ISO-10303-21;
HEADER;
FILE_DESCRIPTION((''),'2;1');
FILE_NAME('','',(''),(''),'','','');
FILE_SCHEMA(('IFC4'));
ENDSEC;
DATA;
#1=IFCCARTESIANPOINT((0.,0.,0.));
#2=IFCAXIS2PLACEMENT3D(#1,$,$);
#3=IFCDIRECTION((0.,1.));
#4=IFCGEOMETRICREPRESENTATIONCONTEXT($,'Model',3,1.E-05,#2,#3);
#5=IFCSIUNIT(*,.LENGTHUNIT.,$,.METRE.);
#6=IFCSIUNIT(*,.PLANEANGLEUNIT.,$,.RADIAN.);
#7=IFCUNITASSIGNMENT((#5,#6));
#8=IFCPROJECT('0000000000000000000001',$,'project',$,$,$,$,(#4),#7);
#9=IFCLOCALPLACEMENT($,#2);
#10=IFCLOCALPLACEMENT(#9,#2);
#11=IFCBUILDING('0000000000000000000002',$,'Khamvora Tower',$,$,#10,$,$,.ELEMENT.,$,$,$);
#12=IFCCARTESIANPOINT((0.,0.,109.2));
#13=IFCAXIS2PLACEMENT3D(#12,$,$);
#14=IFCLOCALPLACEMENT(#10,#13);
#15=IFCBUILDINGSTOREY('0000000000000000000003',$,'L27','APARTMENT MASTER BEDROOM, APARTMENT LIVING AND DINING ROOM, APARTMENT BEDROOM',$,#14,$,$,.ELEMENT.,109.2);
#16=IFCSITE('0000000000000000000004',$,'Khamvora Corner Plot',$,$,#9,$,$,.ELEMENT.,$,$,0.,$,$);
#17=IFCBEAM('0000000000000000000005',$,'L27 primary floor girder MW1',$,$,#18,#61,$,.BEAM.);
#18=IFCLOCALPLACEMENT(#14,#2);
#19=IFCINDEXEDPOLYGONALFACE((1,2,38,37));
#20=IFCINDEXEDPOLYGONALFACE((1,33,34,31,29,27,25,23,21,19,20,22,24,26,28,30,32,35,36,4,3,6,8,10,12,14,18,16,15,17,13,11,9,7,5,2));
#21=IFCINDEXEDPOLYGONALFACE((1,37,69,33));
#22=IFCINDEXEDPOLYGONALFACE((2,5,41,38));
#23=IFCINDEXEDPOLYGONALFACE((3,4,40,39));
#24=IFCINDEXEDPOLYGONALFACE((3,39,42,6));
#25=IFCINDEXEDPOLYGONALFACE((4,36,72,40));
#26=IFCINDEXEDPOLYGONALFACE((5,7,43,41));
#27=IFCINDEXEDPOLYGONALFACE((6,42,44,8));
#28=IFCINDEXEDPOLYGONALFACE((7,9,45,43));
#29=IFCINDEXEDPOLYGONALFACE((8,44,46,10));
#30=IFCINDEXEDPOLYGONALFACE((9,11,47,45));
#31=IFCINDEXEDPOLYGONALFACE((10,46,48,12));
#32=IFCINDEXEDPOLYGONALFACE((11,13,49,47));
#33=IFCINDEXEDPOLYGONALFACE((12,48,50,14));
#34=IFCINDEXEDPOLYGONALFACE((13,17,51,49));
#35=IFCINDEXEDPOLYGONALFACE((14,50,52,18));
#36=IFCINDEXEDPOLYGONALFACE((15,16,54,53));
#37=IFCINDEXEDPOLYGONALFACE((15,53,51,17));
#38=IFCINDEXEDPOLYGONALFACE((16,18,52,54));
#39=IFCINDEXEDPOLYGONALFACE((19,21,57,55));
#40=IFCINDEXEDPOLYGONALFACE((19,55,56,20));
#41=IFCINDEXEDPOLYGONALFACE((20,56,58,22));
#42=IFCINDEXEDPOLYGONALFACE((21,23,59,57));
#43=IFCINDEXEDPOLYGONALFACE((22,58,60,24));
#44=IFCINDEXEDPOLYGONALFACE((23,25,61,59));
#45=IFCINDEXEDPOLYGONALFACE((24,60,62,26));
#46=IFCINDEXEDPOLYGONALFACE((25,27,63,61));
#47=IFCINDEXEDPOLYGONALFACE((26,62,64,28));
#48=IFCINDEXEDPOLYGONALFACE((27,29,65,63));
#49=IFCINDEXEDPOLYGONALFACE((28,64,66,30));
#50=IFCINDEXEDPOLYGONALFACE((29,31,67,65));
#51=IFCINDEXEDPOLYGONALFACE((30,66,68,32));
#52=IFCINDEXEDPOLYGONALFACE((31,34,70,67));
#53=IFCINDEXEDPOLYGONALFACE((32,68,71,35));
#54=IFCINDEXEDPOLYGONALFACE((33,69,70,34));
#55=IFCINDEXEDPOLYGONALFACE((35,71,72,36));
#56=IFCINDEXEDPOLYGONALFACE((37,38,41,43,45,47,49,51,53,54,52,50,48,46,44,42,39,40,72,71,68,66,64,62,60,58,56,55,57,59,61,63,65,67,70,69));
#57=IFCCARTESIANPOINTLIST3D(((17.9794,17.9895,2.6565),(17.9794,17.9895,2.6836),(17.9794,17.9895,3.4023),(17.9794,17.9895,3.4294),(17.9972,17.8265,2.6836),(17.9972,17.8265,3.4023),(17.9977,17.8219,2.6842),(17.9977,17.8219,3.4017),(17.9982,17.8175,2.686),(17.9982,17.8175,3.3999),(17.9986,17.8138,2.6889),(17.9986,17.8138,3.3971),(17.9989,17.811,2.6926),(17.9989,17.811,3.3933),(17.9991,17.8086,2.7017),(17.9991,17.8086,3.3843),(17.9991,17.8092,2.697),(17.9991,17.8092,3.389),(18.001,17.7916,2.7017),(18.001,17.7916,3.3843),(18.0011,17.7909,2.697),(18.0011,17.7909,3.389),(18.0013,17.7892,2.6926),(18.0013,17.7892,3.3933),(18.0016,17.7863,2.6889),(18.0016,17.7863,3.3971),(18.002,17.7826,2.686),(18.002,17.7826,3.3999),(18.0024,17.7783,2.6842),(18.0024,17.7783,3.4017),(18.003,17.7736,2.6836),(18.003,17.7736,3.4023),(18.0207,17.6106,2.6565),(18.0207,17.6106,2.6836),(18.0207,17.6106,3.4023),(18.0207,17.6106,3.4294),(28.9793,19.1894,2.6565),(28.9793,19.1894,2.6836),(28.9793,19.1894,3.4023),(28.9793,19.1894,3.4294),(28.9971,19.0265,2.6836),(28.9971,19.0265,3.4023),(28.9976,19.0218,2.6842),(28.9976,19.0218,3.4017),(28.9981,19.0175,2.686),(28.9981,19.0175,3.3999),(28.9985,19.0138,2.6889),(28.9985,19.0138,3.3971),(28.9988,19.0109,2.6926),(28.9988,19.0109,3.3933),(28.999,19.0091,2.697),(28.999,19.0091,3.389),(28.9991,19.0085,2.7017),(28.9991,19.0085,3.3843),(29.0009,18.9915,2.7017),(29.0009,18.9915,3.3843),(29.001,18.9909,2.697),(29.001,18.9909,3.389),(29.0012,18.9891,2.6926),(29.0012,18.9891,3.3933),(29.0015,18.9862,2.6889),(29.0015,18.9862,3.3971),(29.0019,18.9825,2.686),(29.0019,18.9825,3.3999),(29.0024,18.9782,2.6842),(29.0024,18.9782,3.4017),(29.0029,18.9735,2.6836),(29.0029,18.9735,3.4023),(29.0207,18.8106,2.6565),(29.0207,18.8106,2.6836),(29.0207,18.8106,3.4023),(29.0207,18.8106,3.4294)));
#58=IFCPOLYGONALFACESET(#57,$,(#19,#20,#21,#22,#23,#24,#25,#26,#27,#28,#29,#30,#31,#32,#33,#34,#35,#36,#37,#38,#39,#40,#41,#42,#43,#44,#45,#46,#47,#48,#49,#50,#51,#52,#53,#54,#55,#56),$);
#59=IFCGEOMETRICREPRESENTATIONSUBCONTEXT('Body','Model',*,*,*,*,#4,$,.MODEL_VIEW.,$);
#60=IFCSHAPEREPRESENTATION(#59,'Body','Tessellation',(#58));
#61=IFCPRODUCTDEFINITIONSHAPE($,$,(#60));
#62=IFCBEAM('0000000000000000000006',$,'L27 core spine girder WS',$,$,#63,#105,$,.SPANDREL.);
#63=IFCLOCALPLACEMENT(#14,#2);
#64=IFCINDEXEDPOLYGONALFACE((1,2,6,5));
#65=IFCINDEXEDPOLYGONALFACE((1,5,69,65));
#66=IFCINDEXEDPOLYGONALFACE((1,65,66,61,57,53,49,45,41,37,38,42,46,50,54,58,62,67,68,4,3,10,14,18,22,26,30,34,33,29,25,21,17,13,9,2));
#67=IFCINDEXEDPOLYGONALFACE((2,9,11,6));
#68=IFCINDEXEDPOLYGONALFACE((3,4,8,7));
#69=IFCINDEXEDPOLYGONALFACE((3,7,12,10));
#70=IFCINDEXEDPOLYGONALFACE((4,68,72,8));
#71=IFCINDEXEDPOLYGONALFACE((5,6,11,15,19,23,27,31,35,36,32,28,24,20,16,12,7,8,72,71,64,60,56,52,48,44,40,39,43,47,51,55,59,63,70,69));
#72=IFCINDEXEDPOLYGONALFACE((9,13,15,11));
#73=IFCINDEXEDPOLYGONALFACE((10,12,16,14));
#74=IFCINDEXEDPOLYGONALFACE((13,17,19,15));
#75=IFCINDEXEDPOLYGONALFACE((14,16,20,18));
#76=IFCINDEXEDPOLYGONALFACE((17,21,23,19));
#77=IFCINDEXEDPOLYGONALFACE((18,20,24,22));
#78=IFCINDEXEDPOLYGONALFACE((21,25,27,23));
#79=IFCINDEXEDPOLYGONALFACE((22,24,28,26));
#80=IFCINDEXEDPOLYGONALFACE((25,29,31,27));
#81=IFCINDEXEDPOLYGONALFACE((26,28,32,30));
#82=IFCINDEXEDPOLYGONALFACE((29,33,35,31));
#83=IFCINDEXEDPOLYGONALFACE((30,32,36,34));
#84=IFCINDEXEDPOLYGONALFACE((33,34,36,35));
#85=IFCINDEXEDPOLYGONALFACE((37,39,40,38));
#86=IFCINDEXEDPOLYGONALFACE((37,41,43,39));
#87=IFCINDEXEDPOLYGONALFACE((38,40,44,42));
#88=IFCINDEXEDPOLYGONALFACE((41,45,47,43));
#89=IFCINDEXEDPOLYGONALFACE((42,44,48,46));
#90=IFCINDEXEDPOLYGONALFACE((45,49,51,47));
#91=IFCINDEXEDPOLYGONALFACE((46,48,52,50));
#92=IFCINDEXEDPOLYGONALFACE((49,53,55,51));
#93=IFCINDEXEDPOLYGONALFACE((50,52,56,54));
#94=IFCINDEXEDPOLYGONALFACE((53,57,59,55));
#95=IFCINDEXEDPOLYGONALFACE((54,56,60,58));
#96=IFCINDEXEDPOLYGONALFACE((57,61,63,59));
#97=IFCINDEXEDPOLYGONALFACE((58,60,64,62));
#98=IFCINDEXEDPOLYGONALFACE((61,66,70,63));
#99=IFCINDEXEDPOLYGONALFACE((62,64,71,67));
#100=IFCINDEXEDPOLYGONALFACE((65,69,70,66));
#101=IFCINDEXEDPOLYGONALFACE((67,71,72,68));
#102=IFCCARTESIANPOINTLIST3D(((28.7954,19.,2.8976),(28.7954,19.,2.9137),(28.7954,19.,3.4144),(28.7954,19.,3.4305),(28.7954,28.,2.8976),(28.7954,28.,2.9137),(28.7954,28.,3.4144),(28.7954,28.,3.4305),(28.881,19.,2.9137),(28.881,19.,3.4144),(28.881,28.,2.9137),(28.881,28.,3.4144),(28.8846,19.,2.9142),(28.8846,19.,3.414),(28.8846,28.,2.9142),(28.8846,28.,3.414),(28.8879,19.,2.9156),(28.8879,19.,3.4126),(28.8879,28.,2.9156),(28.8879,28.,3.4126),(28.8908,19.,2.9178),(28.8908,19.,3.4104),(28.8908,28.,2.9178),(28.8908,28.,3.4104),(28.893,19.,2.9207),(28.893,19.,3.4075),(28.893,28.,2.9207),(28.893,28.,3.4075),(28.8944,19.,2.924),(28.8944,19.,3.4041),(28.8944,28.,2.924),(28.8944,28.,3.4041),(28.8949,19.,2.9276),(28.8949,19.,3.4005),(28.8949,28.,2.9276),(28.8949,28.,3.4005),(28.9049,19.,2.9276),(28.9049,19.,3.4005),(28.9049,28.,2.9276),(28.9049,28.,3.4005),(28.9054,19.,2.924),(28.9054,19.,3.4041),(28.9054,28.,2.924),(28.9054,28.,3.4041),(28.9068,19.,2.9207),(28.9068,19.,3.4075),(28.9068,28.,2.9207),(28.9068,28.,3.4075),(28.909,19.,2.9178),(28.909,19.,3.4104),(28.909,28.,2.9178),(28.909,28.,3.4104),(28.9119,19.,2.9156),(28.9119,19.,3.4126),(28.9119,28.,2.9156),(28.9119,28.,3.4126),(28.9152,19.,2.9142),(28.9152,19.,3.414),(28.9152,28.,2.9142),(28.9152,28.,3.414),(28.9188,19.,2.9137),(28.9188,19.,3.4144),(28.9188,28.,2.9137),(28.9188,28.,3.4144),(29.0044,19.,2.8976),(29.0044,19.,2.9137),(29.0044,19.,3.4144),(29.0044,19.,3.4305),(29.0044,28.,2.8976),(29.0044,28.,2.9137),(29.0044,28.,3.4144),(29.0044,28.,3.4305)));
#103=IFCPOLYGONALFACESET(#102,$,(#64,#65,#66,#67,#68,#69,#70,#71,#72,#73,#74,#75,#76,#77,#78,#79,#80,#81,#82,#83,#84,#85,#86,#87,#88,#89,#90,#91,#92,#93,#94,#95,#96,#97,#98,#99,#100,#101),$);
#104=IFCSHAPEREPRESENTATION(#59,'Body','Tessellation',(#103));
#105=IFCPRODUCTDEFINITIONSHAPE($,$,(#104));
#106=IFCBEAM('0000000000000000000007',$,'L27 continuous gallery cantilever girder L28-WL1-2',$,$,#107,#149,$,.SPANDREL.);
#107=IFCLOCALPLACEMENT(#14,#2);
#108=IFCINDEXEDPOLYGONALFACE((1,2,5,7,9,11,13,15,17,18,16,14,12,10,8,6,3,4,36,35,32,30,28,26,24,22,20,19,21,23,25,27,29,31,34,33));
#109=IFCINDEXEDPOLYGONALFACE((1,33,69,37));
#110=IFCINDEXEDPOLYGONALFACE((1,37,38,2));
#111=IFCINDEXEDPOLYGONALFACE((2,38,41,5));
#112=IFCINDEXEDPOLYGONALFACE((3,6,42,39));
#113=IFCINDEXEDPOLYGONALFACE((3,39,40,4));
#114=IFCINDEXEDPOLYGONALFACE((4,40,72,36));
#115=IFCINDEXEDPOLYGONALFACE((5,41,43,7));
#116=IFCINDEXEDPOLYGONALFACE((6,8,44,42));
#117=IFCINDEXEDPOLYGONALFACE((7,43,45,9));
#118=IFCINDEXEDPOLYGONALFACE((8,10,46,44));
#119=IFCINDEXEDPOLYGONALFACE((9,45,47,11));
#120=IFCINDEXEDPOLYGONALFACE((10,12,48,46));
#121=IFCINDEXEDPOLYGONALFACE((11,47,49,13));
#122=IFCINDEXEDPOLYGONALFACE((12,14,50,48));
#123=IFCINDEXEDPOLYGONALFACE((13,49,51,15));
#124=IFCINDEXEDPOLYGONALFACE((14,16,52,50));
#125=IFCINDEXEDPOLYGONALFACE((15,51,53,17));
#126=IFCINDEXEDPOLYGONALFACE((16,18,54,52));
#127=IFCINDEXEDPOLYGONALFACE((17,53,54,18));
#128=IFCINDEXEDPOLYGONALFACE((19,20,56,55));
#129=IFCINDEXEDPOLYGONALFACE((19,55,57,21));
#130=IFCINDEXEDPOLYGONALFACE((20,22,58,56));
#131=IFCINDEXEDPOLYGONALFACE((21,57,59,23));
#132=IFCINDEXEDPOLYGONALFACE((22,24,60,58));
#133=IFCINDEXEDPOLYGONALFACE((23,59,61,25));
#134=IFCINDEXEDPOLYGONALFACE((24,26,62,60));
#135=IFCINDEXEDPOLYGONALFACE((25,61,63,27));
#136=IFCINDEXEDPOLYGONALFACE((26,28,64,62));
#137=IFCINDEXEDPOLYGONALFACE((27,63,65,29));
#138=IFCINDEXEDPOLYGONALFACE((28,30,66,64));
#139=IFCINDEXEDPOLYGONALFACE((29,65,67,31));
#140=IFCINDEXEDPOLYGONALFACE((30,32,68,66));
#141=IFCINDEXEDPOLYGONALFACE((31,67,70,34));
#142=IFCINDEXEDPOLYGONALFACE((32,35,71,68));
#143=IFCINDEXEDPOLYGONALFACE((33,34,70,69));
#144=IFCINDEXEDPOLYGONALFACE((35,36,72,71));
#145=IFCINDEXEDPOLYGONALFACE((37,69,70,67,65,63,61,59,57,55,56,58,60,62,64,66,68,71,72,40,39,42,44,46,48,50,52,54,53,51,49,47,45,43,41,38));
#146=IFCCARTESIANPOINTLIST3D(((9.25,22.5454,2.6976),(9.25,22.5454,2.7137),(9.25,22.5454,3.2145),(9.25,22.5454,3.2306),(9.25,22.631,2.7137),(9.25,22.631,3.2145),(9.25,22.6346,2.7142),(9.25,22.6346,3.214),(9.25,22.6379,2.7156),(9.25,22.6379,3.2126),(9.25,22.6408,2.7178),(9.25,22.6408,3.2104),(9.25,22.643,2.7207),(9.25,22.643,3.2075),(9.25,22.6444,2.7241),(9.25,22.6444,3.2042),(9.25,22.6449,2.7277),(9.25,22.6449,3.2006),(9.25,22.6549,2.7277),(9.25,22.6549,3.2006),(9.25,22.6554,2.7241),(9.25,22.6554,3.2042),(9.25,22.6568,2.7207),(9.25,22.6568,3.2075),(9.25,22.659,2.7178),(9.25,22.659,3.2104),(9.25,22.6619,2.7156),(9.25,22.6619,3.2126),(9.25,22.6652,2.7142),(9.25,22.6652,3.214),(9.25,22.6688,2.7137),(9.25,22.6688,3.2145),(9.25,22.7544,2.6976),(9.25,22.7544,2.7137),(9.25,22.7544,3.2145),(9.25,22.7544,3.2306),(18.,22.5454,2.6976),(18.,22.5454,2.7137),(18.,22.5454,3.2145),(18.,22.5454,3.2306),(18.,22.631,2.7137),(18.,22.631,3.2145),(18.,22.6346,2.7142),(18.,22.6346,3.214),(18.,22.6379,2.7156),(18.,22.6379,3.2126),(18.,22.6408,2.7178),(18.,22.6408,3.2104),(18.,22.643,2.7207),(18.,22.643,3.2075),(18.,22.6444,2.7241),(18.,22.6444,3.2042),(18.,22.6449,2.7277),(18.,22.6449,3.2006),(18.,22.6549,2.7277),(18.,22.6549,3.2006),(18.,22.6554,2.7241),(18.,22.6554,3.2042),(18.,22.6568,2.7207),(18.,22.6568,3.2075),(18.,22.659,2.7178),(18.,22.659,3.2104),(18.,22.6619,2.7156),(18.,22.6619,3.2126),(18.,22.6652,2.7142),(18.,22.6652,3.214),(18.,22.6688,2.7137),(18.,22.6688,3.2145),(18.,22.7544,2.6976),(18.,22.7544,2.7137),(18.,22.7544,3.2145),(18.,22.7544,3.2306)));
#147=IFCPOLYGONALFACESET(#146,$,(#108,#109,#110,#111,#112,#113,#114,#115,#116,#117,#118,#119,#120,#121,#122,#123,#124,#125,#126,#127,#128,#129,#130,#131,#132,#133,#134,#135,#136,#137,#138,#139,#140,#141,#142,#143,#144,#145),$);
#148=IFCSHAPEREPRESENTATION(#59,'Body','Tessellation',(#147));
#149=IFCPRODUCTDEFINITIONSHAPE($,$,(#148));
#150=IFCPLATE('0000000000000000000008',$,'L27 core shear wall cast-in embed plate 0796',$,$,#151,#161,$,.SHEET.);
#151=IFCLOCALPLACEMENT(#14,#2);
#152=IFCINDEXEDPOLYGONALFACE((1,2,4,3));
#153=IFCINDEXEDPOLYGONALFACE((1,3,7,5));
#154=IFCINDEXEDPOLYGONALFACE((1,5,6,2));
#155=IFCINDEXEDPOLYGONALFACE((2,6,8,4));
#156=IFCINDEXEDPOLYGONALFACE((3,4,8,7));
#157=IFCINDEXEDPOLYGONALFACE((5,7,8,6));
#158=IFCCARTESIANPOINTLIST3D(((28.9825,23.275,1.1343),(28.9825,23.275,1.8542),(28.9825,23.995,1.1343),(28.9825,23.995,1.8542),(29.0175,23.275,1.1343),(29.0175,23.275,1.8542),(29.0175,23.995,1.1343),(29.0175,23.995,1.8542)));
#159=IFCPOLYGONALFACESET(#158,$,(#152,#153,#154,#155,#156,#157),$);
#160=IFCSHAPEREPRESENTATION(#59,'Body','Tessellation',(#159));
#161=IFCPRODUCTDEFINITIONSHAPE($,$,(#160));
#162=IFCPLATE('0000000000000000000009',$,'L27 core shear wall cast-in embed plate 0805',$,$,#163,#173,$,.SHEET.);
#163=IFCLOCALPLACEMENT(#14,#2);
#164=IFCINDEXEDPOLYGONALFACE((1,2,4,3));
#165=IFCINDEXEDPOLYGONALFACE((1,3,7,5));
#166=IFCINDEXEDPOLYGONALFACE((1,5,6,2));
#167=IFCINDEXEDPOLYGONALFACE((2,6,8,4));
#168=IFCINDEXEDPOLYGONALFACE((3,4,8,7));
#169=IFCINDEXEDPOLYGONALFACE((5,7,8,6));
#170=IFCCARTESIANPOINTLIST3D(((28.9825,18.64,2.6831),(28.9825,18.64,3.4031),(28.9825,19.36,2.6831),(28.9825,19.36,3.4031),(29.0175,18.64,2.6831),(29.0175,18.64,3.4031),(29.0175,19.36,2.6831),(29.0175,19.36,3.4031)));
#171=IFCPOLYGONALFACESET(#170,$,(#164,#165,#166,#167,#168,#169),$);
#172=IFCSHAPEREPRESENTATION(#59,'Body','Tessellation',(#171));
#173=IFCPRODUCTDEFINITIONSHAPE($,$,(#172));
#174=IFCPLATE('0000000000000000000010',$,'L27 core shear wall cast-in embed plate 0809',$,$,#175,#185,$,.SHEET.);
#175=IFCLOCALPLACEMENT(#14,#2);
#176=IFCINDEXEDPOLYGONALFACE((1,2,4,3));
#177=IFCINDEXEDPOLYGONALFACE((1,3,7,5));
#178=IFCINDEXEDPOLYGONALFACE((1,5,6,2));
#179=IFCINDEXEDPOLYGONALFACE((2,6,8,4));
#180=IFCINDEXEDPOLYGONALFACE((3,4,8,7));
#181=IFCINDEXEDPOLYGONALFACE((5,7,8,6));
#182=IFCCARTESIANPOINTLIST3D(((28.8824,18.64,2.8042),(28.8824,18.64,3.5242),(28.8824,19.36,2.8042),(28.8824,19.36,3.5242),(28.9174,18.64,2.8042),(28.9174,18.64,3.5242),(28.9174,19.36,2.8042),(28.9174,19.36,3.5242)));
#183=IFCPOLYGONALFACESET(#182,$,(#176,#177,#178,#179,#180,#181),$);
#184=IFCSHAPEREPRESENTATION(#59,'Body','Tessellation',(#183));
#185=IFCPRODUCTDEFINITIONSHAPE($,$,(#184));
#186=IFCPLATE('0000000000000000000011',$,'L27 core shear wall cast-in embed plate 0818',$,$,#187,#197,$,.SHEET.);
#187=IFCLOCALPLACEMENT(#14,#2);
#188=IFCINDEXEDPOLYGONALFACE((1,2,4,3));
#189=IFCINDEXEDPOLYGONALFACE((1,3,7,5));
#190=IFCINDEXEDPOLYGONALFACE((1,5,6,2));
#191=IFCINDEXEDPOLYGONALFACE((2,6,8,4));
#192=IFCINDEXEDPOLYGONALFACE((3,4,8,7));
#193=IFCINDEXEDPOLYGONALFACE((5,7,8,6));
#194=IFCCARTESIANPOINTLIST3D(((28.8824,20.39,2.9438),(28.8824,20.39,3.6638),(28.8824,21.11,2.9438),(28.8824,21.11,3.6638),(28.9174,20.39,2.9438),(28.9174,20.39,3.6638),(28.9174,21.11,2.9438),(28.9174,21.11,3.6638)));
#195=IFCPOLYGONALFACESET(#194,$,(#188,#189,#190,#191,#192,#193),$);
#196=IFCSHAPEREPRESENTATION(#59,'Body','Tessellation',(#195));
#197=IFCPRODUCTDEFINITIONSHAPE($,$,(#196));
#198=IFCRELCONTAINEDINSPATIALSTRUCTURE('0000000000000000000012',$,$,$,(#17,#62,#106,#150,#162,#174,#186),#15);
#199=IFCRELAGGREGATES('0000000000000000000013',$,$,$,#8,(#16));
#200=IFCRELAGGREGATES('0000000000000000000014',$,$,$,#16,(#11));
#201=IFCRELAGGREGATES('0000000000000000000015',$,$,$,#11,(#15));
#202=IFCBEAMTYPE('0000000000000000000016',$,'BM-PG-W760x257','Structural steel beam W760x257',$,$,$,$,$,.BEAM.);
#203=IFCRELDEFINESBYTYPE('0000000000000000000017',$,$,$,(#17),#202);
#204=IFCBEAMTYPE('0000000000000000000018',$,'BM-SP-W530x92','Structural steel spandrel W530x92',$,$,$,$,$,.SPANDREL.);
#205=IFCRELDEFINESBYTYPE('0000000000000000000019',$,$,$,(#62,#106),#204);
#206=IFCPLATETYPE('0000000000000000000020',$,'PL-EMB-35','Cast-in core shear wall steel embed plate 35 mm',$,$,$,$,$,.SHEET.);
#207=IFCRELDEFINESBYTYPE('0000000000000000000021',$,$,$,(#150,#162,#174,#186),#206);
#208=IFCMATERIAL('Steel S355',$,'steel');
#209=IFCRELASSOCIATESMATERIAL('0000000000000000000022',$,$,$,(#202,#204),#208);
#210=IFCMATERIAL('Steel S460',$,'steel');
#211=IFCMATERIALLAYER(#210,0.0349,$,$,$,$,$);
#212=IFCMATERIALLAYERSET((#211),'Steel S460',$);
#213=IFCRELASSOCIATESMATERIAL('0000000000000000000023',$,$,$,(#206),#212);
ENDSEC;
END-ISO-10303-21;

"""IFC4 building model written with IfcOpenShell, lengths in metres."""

from ifc_helpers import new_model, si_unit, direction, frame, origin, origin_2d, place, context, subcontext, project, spatial, rectangle, i_section, extrude, material, layer, layer_set, material_profile, profile_set, type_object, element, save


model = new_model("IFC4")

# Units and contexts
model_context = context("Model", 3, precision=1e-05, world=origin(), true_north=direction((0.0, 1.0)))
body_context = subcontext(model_context, "Body", "Model", "MODEL_VIEW")
ifc_project = project(units=[si_unit("LENGTHUNIT", "METRE"), si_unit("PLANEANGLEUNIT", "RADIAN")], contexts=[model_context])

# Site, building, storey
site_placement = place(None, origin())
site = spatial("IfcSite", under=ifc_project, at=site_placement, Name="Khamvora Corner Plot", CompositionType="ELEMENT", RefElevation=0.0)
building_placement = place(site_placement, origin())
building = spatial("IfcBuilding", under=site, at=building_placement, Name="Khamvora Tower", CompositionType="ELEMENT")
storey_placement = place(building_placement, frame((0.0, 0.0, 109.2)))
storey = spatial("IfcBuildingStorey", under=building, at=storey_placement, Name="L27", Description="APARTMENT MASTER BEDROOM, APARTMENT LIVING AND DINING ROOM, APARTMENT BEDROOM", CompositionType="ELEMENT", Elevation=109.2)

# Shared definitions
ifc_material_1 = material(Name="Steel S460", Category="steel")

# Beams
ifc_material_2 = material(Name="Steel S355", Category="steel")
ifc_material_profile_1 = material_profile(ifc_material_2, i_section(OverallWidth=0.3811, OverallDepth=0.7729, WebThickness=0.0171, FlangeThickness=0.0271, FilletRadius=0.0181, at=origin_2d()), Name="W760x257")
ifc_profile_set_1 = profile_set([ifc_material_profile_1], Name="Steel S355")
beam_type_1 = type_object("IfcBeamType", Name="BM-PG-W760x257", Description="Structural steel beam W760x257", PredefinedType="BEAM", material=ifc_profile_set_1)
beam_1_placement = place(storey_placement, frame((29.0, 19.0, 3.043), z_axis=(-0.994103, -0.108443, 0.0), x_axis=(0.108443, -0.994103, 0.0)))
element("IfcBeam", 1, at=beam_1_placement, inside=storey, type_object=beam_type_1, Name="L27 primary floor girder MW1", PredefinedType="BEAM", context=body_context, shape_type="SweptSolid", body=[
    extrude(i_section(OverallWidth=0.3811, OverallDepth=0.7729, WebThickness=0.0171, FlangeThickness=0.0271, FilletRadius=0.0181, at=origin_2d()), origin(), (0.0, 0.0, 1.0), 11.0652),
])
ifc_material_profile_2 = material_profile(ifc_material_2, i_section(OverallWidth=0.209, OverallDepth=0.533, WebThickness=0.01, FlangeThickness=0.0161, FilletRadius=0.0139, at=origin_2d()), Name="W530x92")
ifc_profile_set_2 = profile_set([ifc_material_profile_2], Name="Steel S355")
beam_type_2 = type_object("IfcBeamType", Name="BM-SP-W530x92", Description="Structural steel spandrel W530x92", PredefinedType="SPANDREL", material=ifc_profile_set_2)
beam_2_placement = place(storey_placement, frame((28.8999, 19.0, 3.1641), z_axis=(0.0, 1.0, 0.0), x_axis=(-1.0, 0.0, 0.0)))
element("IfcBeam", 2, at=beam_2_placement, inside=storey, type_object=beam_type_2, Name="L27 core spine girder WS", PredefinedType="SPANDREL", context=body_context, shape_type="SweptSolid", body=[
    extrude(i_section(OverallWidth=0.209, OverallDepth=0.533, WebThickness=0.01, FlangeThickness=0.0161, FilletRadius=0.0139, at=origin_2d()), origin(), (0.0, 0.0, 1.0), 9.0),
])
beam_3_placement = place(storey_placement, frame((18.0, 22.6499, 2.9641), z_axis=(-1.0, 0.0, 0.0), x_axis=(0.0, -1.0, 0.0)))
element("IfcBeam", 3, at=beam_3_placement, inside=storey, type_object=beam_type_2, Name="L27 continuous gallery cantilever girder L28-WL1-2", PredefinedType="SPANDREL", context=body_context, shape_type="SweptSolid", body=[
    extrude(i_section(OverallWidth=0.209, OverallDepth=0.533, WebThickness=0.01, FlangeThickness=0.0161, FilletRadius=0.0139, at=origin_2d()), origin(), (0.0, 0.0, 1.0), 8.75),
])

# Plates
ifc_layer_1 = layer(ifc_material_1, 0.0349)
ifc_layer_set_1 = layer_set([ifc_layer_1], Name="Steel S460")
plate_type = type_object("IfcPlateType", Name="PL-EMB-35", Description="Cast-in core shear wall steel embed plate 35 mm", PredefinedType="SHEET", material=ifc_layer_set_1)
for number, where, z_axis, x_axis, name in (
    (4, (29.0, 23.635, 1.1343), (0.0, 0.0, 1.0), (1.0, 0.0, 0.0), "L27 core shear wall cast-in embed plate 0796"),
    (5, (29.0, 19.0, 2.6831), (0.0, 0.0, 1.0), (1.0, 0.0, 0.0), "L27 core shear wall cast-in embed plate 0805"),
    (6, (28.8999, 19.0, 2.8042), (0.0, 0.0, 1.0), (1.0, 0.0, 0.0), "L27 core shear wall cast-in embed plate 0809"),
    (7, (28.8999, 20.75, 2.9438), (0.0, 0.0, 1.0), (1.0, 0.0, 0.0), "L27 core shear wall cast-in embed plate 0818"),
):
    element("IfcPlate", number, at=place(storey_placement, frame(where, z_axis=z_axis, x_axis=x_axis)), inside=storey, type_object=plate_type, Name=name, PredefinedType="SHEET", context=body_context, shape_type="SweptSolid", body=[
        extrude(rectangle(XDim=0.0349, YDim=0.72, at=origin_2d()), origin(), (0.0, 0.0, 1.0), 0.72),
    ])

save(model, "model.ifc")
